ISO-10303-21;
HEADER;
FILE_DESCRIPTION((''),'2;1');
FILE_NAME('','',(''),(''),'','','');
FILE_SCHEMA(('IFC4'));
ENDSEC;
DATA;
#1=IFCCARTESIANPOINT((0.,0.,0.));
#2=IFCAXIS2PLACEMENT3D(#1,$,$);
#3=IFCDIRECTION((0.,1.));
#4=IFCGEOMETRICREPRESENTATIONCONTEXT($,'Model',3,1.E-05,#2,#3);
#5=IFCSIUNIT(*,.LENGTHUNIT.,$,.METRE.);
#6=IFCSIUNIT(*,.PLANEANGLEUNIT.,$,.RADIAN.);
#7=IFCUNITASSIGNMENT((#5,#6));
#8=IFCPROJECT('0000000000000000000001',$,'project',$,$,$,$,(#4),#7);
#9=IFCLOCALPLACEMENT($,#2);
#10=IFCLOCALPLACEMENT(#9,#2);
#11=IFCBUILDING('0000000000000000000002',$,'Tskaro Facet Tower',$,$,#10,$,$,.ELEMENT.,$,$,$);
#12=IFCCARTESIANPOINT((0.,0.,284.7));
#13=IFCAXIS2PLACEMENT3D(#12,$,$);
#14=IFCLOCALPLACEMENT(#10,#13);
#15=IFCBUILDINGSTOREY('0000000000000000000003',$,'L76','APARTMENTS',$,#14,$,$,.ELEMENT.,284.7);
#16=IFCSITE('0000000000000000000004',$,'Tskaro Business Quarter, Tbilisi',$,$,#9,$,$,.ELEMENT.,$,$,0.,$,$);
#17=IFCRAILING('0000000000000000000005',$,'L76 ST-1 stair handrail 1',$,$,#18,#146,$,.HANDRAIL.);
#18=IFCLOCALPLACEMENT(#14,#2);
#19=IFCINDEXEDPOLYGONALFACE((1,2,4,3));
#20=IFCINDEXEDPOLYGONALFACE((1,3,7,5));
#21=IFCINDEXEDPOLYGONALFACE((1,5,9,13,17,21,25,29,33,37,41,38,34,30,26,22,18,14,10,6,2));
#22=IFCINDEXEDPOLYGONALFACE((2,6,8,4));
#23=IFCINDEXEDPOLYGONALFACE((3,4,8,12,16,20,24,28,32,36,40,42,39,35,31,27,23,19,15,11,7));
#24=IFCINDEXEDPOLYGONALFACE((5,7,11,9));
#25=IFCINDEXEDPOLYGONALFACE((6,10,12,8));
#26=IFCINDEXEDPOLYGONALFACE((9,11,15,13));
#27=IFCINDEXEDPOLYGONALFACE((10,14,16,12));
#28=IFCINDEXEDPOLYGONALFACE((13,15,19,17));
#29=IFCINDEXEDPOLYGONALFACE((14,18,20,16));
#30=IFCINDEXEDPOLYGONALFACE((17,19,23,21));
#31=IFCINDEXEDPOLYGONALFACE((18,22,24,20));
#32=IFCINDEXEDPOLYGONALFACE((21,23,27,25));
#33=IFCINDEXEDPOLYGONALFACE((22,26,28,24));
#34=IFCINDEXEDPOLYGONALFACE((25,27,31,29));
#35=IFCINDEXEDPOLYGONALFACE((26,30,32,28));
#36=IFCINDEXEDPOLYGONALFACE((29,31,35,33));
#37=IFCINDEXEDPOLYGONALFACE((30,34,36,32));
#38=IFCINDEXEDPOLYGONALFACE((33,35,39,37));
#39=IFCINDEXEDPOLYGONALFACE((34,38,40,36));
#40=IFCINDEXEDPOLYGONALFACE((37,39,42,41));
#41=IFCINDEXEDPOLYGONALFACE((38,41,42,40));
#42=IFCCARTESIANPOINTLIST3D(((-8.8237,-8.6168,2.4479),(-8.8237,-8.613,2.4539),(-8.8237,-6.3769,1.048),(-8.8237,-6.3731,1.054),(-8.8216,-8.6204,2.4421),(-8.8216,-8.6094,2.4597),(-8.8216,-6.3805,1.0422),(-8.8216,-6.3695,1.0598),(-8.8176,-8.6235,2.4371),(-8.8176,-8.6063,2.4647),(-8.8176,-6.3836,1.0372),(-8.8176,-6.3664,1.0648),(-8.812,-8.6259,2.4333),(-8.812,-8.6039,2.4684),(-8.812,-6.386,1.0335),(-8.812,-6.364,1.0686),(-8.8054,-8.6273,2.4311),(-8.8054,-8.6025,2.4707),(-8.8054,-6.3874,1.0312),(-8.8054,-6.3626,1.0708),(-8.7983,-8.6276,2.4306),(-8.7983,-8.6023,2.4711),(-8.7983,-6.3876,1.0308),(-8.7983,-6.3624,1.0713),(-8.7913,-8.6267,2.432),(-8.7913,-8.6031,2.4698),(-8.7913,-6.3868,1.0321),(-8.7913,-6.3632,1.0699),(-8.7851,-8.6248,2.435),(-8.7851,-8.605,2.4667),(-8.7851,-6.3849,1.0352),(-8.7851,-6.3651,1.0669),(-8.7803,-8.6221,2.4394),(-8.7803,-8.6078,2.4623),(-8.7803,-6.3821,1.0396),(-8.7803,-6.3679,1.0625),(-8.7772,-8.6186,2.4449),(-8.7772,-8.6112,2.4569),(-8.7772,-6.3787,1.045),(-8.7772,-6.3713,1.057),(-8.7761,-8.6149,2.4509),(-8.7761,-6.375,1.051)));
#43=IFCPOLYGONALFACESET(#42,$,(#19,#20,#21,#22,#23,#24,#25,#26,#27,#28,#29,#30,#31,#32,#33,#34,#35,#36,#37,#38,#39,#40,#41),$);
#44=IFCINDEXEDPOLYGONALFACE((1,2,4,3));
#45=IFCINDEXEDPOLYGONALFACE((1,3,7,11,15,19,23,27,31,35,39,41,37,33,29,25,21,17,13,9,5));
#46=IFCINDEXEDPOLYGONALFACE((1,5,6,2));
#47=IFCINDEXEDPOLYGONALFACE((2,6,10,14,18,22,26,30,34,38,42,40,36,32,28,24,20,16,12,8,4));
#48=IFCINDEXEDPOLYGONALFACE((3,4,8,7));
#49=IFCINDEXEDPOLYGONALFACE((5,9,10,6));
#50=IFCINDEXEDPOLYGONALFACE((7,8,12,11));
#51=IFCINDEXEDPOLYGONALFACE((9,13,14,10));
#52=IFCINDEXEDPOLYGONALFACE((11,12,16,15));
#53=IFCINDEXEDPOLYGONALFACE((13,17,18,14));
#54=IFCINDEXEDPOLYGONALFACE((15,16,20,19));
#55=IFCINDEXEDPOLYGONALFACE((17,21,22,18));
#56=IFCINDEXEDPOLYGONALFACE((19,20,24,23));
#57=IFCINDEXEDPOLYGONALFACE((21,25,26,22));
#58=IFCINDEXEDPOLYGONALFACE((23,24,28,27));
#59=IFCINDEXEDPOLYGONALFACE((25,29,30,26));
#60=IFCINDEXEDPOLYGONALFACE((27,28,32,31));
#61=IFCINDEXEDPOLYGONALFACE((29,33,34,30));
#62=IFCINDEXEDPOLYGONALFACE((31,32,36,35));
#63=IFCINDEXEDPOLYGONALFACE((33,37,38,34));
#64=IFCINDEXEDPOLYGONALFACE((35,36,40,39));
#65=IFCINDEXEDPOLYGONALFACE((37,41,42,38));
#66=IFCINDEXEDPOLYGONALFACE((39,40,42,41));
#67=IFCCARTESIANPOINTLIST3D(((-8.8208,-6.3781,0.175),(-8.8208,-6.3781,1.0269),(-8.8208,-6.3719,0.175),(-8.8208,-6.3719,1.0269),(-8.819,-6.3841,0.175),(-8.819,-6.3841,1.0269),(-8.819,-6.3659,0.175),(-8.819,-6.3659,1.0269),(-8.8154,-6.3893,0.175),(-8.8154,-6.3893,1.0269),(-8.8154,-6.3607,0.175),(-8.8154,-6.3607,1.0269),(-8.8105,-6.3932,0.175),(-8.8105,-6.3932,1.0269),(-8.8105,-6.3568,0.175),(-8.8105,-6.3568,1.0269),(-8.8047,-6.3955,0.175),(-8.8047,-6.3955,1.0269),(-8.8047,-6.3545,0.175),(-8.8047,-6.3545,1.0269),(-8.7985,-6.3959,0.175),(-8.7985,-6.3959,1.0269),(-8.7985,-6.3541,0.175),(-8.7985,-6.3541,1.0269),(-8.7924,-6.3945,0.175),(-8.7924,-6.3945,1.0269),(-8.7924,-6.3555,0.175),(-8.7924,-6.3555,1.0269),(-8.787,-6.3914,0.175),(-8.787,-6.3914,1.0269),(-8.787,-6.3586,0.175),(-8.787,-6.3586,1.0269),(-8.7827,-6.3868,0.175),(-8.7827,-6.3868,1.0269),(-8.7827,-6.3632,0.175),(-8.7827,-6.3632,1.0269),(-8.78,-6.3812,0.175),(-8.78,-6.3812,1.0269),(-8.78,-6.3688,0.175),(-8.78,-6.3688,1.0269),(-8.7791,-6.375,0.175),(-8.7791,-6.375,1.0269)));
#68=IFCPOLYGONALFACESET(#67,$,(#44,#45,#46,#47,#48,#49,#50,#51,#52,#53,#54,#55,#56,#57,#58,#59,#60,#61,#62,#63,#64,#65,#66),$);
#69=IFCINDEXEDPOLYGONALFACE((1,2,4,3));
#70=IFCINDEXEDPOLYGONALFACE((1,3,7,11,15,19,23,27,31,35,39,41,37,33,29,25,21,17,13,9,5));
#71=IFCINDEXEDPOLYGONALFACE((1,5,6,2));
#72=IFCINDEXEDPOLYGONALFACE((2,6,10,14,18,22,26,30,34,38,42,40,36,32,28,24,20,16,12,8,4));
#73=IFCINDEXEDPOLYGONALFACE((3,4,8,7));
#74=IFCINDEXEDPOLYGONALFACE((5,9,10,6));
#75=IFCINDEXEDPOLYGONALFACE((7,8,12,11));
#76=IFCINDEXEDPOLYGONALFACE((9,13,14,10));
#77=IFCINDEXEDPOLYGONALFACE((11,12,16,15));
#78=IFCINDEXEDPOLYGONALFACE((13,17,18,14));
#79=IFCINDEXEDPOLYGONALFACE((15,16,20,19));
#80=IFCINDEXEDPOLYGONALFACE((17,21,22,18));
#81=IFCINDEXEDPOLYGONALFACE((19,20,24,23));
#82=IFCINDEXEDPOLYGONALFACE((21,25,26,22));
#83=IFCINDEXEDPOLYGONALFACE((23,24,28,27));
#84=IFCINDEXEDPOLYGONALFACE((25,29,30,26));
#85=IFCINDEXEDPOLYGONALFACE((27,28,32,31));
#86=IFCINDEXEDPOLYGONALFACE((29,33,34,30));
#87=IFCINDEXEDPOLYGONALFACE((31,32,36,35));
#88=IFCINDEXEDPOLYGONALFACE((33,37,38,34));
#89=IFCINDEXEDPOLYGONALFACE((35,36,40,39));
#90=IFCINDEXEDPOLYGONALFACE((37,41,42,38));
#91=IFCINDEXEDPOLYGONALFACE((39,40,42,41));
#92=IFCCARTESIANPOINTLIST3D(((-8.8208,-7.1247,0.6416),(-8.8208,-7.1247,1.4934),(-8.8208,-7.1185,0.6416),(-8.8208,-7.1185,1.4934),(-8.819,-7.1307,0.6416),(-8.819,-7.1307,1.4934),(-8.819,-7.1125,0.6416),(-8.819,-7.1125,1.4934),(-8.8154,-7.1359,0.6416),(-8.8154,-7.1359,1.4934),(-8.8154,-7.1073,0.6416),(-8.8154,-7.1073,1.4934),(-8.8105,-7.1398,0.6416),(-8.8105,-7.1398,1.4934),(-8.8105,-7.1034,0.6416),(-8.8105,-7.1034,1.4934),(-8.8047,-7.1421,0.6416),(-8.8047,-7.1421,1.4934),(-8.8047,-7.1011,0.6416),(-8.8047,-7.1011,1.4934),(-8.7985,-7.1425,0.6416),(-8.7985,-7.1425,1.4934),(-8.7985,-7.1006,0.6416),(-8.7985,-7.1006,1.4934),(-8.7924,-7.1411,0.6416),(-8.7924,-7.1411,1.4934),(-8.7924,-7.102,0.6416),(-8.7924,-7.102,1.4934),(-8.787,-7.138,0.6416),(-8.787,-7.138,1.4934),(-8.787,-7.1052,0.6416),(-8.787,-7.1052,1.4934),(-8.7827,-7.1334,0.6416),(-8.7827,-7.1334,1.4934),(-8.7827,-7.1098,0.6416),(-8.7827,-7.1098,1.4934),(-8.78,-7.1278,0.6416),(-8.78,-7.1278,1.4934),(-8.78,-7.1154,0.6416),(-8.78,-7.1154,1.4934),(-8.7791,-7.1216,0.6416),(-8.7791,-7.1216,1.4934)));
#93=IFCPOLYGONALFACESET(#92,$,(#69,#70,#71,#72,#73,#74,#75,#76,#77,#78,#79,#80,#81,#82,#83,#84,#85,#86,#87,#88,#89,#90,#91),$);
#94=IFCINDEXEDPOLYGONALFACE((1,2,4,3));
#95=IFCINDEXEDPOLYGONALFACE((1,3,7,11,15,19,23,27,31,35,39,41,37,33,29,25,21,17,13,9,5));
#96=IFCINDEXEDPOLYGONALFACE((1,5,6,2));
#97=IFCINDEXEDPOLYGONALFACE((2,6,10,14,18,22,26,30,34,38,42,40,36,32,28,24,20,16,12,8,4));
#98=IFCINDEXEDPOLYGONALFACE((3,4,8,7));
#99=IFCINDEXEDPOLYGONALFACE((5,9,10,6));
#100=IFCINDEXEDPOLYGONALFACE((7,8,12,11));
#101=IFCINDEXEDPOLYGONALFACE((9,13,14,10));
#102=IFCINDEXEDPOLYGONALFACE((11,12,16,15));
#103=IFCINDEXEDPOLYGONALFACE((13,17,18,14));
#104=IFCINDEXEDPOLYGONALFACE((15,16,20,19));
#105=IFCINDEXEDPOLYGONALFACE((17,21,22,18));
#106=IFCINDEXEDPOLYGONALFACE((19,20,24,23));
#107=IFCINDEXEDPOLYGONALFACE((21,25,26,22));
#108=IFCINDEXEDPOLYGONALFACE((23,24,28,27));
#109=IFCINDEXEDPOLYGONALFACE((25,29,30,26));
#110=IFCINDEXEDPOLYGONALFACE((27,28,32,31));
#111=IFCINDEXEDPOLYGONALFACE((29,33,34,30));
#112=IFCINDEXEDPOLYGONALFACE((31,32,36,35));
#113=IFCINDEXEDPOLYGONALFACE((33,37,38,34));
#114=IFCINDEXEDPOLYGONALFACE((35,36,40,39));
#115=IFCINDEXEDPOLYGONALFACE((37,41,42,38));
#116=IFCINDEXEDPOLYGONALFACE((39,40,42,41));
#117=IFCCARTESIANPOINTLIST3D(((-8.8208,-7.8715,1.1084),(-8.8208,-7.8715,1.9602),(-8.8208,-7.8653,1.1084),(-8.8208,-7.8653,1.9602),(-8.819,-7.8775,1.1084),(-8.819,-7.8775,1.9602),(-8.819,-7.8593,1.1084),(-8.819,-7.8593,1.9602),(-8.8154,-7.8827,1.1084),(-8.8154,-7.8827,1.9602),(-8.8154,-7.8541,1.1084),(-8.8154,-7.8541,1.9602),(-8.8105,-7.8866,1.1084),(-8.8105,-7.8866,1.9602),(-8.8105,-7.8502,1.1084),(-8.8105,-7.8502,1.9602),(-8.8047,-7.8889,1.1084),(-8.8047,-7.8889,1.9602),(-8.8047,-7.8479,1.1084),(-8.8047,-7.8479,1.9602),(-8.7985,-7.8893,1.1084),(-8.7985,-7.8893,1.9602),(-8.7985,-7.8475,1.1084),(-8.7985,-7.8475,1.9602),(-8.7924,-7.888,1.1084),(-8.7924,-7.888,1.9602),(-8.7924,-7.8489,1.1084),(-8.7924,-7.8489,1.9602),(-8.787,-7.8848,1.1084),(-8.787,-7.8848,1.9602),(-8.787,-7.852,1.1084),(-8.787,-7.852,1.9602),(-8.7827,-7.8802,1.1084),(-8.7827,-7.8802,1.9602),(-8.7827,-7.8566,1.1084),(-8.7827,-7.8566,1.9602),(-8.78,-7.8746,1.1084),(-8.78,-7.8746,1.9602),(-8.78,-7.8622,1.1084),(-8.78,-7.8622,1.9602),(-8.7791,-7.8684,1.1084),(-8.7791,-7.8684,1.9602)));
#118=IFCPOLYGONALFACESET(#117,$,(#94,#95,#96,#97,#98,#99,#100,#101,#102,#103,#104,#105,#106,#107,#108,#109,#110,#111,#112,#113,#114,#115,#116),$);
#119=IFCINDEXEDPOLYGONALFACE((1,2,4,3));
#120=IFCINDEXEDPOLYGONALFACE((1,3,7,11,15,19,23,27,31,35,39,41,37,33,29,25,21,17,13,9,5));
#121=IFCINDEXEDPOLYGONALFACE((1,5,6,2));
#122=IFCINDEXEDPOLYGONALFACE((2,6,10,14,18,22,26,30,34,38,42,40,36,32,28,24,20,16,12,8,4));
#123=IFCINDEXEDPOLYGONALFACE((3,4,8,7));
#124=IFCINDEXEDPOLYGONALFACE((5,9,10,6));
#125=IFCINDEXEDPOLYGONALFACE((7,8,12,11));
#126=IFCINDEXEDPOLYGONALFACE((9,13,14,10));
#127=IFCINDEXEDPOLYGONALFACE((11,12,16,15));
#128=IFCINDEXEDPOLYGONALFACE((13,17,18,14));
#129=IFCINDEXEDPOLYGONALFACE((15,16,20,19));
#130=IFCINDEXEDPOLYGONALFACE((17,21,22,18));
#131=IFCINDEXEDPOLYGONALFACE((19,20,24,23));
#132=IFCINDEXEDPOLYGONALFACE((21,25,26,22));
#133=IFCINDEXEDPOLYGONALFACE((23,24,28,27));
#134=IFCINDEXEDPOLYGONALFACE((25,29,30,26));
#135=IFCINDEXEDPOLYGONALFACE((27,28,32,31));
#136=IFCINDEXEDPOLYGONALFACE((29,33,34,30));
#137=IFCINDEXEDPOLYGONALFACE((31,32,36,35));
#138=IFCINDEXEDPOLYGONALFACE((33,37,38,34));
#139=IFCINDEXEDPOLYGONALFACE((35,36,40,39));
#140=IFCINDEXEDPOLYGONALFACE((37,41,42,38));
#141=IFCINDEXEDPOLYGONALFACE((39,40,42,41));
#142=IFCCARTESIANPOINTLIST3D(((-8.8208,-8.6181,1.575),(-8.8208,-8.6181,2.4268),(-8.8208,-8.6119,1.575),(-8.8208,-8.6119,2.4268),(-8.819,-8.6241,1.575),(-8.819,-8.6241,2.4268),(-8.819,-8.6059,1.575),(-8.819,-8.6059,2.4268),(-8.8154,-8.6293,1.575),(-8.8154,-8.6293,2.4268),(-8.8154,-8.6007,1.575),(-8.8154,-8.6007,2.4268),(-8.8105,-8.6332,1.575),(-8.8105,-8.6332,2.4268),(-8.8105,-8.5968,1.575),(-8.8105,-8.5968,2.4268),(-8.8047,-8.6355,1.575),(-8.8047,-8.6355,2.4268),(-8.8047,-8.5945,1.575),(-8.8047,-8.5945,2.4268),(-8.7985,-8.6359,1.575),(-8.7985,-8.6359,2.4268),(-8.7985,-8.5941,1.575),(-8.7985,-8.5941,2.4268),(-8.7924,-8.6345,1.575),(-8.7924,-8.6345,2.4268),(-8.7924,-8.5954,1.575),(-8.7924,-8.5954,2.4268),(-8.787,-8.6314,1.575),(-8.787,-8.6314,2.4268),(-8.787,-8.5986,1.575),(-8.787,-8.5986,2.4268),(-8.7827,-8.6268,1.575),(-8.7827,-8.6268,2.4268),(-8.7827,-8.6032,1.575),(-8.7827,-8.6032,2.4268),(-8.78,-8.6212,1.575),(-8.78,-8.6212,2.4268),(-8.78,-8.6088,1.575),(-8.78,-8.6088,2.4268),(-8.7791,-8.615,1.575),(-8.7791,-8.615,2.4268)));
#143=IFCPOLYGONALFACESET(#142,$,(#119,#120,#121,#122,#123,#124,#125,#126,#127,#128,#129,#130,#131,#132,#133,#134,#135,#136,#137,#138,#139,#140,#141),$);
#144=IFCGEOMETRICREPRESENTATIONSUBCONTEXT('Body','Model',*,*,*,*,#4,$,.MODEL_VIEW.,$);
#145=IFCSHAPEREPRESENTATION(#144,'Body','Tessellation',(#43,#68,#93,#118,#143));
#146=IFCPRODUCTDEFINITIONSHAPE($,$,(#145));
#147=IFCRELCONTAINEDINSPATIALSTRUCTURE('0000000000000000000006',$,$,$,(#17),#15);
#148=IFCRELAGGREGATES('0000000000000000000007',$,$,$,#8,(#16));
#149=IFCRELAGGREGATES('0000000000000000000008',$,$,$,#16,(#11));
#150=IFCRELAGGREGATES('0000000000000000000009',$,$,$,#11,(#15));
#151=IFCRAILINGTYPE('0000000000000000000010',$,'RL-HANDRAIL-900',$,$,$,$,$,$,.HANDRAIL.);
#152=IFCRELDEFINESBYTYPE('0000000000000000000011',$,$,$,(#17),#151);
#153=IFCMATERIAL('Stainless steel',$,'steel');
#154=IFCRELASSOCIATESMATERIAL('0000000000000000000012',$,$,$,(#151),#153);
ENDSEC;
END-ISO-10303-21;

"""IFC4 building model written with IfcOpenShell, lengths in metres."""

from ifc_helpers import new_model, si_unit, direction, frame, origin, origin_2d, place, context, subcontext, project, spatial, circle, extrude, material, type_object, element, save


model = new_model("IFC4")

# Units and contexts
model_context = context("Model", 3, precision=1e-05, world=origin(), true_north=direction((0.0, 1.0)))
body_context = subcontext(model_context, "Body", "Model", "MODEL_VIEW")
ifc_project = project(units=[si_unit("LENGTHUNIT", "METRE"), si_unit("PLANEANGLEUNIT", "RADIAN")], contexts=[model_context])

# Site, building, storey
site_placement = place(None, origin())
site = spatial("IfcSite", under=ifc_project, at=site_placement, Name="Tskaro Business Quarter, Tbilisi", CompositionType="ELEMENT", RefElevation=0.0)
building_placement = place(site_placement, origin())
building = spatial("IfcBuilding", under=site, at=building_placement, Name="Tskaro Facet Tower", CompositionType="ELEMENT")
storey_placement = place(building_placement, frame((0.0, 0.0, 284.7)))
storey = spatial("IfcBuildingStorey", under=building, at=storey_placement, Name="L76", Description="APARTMENTS", CompositionType="ELEMENT", Elevation=284.7)

# Shared definitions
ifc_material_1 = material(Name="Stainless steel", Category="steel")

# Railing
railing_type_1 = type_object("IfcRailingType", Name="RL-HANDRAIL-900", PredefinedType="HANDRAIL", material=ifc_material_1)
railing_1_placement = place(storey_placement, frame((-8.8, -6.375, 0.175)))
element("IfcRailing", 1, at=railing_1_placement, inside=storey, type_object=railing_type_1, Name="L76 ST-1 stair handrail 1", PredefinedType="HANDRAIL", context=body_context, shape_type="SweptSolid", body=[
    extrude(circle(Radius=0.0239, at=origin_2d()), frame((0.0, 0.0, 0.876), z_axis=(0.0, -0.848014, 0.529974), x_axis=(1.0, 0.0, 0.0)), (0.0, 0.0, 1.0), 2.6414),
    extrude(circle(Radius=0.021, at=origin_2d()), origin(), (0.0, 0.0, 1.0), 0.8518),
    extrude(circle(Radius=0.021, at=origin_2d()), frame((0.0, -0.7466, 0.4666)), (0.0, 0.0, 1.0), 0.8518),
    extrude(circle(Radius=0.021, at=origin_2d()), frame((0.0, -1.4934, 0.9333)), (0.0, 0.0, 1.0), 0.8518),
    extrude(circle(Radius=0.021, at=origin_2d()), frame((0.0, -2.24, 1.3999)), (0.0, 0.0, 1.0), 0.8518),
])

save(model, "model.ifc")
